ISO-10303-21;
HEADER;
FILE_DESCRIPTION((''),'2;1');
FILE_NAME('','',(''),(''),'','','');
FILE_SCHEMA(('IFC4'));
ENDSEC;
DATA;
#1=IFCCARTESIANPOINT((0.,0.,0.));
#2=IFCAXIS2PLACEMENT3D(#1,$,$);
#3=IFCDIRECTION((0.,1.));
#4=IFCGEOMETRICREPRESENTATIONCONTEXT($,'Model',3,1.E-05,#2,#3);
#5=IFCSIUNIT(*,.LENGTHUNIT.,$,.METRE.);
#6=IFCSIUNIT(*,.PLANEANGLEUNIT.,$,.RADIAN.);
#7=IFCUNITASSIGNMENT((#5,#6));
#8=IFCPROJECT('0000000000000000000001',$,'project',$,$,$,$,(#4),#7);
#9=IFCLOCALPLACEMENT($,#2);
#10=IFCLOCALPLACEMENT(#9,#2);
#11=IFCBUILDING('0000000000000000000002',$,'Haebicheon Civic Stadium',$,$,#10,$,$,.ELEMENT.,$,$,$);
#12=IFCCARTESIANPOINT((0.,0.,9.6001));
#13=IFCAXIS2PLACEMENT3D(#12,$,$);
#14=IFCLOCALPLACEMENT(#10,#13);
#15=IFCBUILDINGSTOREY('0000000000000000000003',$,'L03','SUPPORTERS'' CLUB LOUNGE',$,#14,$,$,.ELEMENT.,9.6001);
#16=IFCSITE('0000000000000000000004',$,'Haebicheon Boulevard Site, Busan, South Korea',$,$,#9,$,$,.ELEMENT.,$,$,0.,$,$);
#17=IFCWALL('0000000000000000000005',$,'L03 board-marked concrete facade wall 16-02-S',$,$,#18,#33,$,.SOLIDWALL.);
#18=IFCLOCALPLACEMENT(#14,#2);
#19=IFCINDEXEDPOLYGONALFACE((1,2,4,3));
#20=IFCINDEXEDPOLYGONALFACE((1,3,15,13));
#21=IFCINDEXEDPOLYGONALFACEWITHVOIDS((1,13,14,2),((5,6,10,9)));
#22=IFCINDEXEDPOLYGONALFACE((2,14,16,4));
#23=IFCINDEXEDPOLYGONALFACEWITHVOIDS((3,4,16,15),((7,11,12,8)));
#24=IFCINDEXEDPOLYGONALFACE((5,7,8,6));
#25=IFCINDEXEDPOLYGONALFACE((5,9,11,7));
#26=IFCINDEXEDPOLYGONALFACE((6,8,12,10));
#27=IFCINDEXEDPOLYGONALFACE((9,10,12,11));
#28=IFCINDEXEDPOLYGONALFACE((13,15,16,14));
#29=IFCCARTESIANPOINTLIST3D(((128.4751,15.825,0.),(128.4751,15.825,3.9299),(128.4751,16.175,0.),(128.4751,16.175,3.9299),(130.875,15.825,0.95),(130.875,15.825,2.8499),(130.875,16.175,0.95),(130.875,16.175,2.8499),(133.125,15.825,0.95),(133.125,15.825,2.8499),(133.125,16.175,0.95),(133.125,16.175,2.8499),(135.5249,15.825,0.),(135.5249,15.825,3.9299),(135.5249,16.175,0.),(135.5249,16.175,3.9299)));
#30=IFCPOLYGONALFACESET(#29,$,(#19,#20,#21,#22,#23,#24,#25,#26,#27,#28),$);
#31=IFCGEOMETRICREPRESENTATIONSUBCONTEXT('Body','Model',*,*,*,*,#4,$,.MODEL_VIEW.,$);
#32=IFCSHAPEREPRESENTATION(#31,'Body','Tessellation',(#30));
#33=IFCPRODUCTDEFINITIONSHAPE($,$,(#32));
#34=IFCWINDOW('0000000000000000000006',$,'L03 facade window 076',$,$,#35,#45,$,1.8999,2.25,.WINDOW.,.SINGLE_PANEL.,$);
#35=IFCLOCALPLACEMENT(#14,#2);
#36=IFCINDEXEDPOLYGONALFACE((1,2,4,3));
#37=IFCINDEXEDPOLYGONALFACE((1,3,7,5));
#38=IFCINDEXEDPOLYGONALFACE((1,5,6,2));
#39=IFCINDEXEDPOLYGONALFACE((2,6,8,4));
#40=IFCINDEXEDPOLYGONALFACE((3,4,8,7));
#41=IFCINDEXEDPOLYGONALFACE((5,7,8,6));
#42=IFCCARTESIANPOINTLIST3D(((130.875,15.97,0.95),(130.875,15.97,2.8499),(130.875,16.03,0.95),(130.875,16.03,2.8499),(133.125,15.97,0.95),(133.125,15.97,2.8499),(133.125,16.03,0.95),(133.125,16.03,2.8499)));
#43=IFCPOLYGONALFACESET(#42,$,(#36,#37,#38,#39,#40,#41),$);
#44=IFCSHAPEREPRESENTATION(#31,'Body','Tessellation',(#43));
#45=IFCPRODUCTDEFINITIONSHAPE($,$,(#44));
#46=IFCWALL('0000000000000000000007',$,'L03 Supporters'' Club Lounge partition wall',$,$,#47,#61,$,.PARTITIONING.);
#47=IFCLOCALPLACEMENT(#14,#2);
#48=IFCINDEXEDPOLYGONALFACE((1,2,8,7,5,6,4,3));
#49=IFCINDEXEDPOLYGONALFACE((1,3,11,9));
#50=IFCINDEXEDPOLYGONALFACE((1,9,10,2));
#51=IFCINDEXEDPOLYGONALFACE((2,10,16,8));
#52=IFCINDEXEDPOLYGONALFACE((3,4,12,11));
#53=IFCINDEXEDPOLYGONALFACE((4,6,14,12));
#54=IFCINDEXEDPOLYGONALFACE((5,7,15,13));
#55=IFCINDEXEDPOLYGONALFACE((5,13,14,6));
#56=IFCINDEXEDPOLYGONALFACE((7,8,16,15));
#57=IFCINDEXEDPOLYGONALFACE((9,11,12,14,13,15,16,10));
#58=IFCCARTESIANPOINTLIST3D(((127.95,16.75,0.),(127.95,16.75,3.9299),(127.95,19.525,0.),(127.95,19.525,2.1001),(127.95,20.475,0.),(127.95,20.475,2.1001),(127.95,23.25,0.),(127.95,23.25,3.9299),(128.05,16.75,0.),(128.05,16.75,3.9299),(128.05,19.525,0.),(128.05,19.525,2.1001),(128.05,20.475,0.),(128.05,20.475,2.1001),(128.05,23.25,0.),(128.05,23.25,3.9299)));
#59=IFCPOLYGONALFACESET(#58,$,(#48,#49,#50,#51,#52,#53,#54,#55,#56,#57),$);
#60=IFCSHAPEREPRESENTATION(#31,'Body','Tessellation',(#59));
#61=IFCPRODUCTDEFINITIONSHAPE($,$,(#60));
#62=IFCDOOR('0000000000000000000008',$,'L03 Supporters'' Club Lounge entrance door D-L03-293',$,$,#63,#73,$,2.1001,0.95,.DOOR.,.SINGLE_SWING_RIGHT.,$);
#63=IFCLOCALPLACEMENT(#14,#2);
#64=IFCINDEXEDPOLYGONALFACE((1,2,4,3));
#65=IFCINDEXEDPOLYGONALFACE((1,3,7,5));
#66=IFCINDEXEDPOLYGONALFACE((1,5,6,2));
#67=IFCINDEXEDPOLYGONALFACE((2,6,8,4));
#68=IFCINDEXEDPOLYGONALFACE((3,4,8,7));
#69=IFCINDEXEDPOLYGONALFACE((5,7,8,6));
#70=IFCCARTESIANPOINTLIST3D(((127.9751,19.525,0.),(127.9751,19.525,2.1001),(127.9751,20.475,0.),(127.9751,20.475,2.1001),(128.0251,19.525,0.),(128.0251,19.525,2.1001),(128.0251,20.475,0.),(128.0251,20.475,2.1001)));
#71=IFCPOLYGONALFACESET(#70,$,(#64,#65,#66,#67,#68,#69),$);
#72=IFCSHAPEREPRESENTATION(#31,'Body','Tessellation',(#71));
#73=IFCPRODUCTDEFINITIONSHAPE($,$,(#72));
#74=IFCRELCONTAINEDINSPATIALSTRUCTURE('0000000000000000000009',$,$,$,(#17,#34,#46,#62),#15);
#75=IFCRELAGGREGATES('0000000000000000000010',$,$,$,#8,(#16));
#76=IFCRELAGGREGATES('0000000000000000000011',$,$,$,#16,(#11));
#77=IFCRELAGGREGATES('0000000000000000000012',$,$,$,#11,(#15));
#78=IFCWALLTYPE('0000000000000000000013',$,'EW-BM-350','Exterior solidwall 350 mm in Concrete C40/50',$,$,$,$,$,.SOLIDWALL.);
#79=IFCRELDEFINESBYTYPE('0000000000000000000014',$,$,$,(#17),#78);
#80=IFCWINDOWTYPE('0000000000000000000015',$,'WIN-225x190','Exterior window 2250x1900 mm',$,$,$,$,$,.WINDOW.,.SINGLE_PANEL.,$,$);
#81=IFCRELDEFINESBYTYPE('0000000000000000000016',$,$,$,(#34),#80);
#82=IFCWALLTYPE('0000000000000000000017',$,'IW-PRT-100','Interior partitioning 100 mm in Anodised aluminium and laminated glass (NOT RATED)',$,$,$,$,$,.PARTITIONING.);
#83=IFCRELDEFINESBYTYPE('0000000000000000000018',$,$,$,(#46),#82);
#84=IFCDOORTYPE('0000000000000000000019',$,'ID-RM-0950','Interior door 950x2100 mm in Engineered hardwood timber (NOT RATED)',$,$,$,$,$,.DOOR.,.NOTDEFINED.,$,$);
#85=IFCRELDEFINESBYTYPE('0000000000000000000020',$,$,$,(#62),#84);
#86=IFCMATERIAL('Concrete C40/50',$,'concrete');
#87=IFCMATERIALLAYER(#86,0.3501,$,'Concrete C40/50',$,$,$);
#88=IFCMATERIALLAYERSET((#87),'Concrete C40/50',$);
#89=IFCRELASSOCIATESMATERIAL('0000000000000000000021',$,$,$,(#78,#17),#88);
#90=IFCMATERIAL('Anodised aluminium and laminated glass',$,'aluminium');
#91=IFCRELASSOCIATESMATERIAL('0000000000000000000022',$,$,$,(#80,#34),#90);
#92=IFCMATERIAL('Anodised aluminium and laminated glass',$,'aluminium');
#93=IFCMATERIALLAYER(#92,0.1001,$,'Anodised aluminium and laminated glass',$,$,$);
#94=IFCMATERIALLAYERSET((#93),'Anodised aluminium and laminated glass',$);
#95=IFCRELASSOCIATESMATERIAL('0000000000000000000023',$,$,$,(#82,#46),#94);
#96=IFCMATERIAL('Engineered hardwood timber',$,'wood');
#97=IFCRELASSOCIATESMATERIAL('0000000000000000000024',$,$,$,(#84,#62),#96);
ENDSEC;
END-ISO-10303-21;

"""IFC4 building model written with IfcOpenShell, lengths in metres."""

from ifc_helpers import new_model, si_unit, direction, frame, frame_2d, origin, place, context, subcontext, project, spatial, rectangle, extrude, material, layer, layer_set, type_object, element, fill, save


model = new_model("IFC4")

# Units and contexts
model_context = context("Model", 3, precision=1e-05, world=origin(), true_north=direction((0.0, 1.0)))
body_context = subcontext(model_context, "Body", "Model", "MODEL_VIEW")
ifc_project = project(units=[si_unit("LENGTHUNIT", "METRE"), si_unit("PLANEANGLEUNIT", "RADIAN")], contexts=[model_context])

# Site, building, storey
site_placement = place(None, origin())
site = spatial("IfcSite", under=ifc_project, at=site_placement, Name="Haebicheon Boulevard Site, Busan, South Korea", CompositionType="ELEMENT", RefElevation=0.0)
building_placement = place(site_placement, origin())
building = spatial("IfcBuilding", under=site, at=building_placement, Name="Haebicheon Civic Stadium", CompositionType="ELEMENT")
storey_placement = place(building_placement, frame((0.0, 0.0, 9.6001)))
storey = spatial("IfcBuildingStorey", under=building, at=storey_placement, Name="L03", Description="SUPPORTERS' CLUB LOUNGE", CompositionType="ELEMENT", Elevation=9.6001)

# Shared definitions
ifc_material_1 = material(Name="Concrete C40/50", Category="concrete")
ifc_layer_1 = layer(ifc_material_1, 0.3501, Name="Concrete C40/50")
ifc_layer_set_1 = layer_set([ifc_layer_1], Name="Concrete C40/50")
wall_type_1 = type_object("IfcWallType", Name="EW-BM-350", Description="Exterior solidwall 350 mm in Concrete C40/50", PredefinedType="SOLIDWALL", material=ifc_layer_set_1)

# Wall, opening, window
wall_1_placement = place(storey_placement, frame((128.4751, 16.0, 0.0), z_axis=(0.0, 0.0, 1.0), x_axis=(1.0, 0.0, 0.0)))
wall_1 = element("IfcWall", 1, at=wall_1_placement, inside=storey, type_object=wall_type_1, material=ifc_layer_set_1, Name="L03 board-marked concrete facade wall 16-02-S", PredefinedType="SOLIDWALL", context=body_context, shape_type="SweptSolid", body=[
    extrude(rectangle(XDim=7.0498, YDim=0.3501, at=frame_2d((3.5249, 0.0))), origin(), (0.0, 0.0, 1.0), 3.9299),
])
opening_1_placement = place(wall_1_placement, frame((2.3999, 0.0, 0.95)))
opening_1 = element("IfcOpeningElement", 2, at=opening_1_placement, cuts=wall_1, PredefinedType="OPENING", context=body_context, shape_type="SweptSolid", body=[
    extrude(rectangle(XDim=2.25, YDim=1.8999, at=frame_2d((1.125, 0.95))), frame((0.0, 0.1851, 0.0), z_axis=(0.0, -1.0, 0.0), x_axis=(1.0, 0.0, 0.0)), (0.0, 0.0, 1.0), 0.3701),
])
ifc_material_2 = material(Name="Anodised aluminium and laminated glass", Category="aluminium")
window_type = type_object("IfcWindowType", Name="WIN-225x190", Description="Exterior window 2250x1900 mm", PartitioningType="SINGLE_PANEL", PredefinedType="WINDOW", material=ifc_material_2)
window_placement = place(opening_1_placement, origin())
window = element("IfcWindow", 3, at=window_placement, inside=storey, type_object=window_type, material=ifc_material_2, Name="L03 facade window 076", OverallHeight=1.8999, OverallWidth=2.25, PartitioningType="SINGLE_PANEL", PredefinedType="WINDOW", context=body_context, shape_type="SweptSolid", body=[
    extrude(rectangle(XDim=2.25, YDim=1.8999, at=frame_2d((1.125, 0.95))), frame((0.0, 0.03, 0.0), z_axis=(0.0, -1.0, 0.0), x_axis=(1.0, 0.0, 0.0)), (0.0, 0.0, 1.0), 0.0601),
])
fill(opening_1, window)

# Wall, opening, door
ifc_material_3 = material(Name="Anodised aluminium and laminated glass", Category="aluminium")
ifc_layer_2 = layer(ifc_material_3, 0.1001, Name="Anodised aluminium and laminated glass")
ifc_layer_set_2 = layer_set([ifc_layer_2], Name="Anodised aluminium and laminated glass")
wall_type_2 = type_object("IfcWallType", Name="IW-PRT-100", Description="Interior partitioning 100 mm in Anodised aluminium and laminated glass (NOT RATED)", PredefinedType="PARTITIONING", material=ifc_layer_set_2)
wall_2_placement = place(storey_placement, frame((128.0, 16.75, 0.0), z_axis=(0.0, 0.0, 1.0), x_axis=(0.0, 1.0, 0.0)))
wall_2 = element("IfcWall", 4, at=wall_2_placement, inside=storey, type_object=wall_type_2, material=ifc_layer_set_2, Name="L03 Supporters' Club Lounge partition wall", PredefinedType="PARTITIONING", context=body_context, shape_type="SweptSolid", body=[
    extrude(rectangle(XDim=6.5, YDim=0.1001, at=frame_2d((3.25, 0.0))), origin(), (0.0, 0.0, 1.0), 3.9299),
])
opening_2_placement = place(wall_2_placement, frame((2.7749, 0.0, 0.0)))
opening_2 = element("IfcOpeningElement", 5, at=opening_2_placement, cuts=wall_2, PredefinedType="OPENING", context=body_context, shape_type="SweptSolid", body=[
    extrude(rectangle(XDim=0.95, YDim=2.1001, at=frame_2d((0.4751, 1.05))), frame((0.0, 0.0601, 0.0), z_axis=(0.0, -1.0, 0.0), x_axis=(1.0, 0.0, 0.0)), (0.0, 0.0, 1.0), 0.1201),
])
ifc_material_4 = material(Name="Engineered hardwood timber", Category="wood")
door_type_1 = type_object("IfcDoorType", Name="ID-RM-0950", Description="Interior door 950x2100 mm in Engineered hardwood timber (NOT RATED)", OperationType="NOTDEFINED", PredefinedType="DOOR", material=ifc_material_4)
door_1_placement = place(opening_2_placement, origin())
door_1 = element("IfcDoor", 6, at=door_1_placement, inside=storey, type_object=door_type_1, material=ifc_material_4, Name="L03 Supporters' Club Lounge entrance door D-L03-293", OperationType="SINGLE_SWING_RIGHT", OverallHeight=2.1001, OverallWidth=0.95, PredefinedType="DOOR", context=body_context, shape_type="SweptSolid", body=[
    extrude(rectangle(XDim=0.95, YDim=2.1001, at=frame_2d((0.4751, 1.05))), frame((0.0, 0.0249, 0.0), z_axis=(0.0, -1.0, 0.0), x_axis=(1.0, 0.0, 0.0)), (0.0, 0.0, 1.0), 0.05),
])
fill(opening_2, door_1)

save(model, "model.ifc")
